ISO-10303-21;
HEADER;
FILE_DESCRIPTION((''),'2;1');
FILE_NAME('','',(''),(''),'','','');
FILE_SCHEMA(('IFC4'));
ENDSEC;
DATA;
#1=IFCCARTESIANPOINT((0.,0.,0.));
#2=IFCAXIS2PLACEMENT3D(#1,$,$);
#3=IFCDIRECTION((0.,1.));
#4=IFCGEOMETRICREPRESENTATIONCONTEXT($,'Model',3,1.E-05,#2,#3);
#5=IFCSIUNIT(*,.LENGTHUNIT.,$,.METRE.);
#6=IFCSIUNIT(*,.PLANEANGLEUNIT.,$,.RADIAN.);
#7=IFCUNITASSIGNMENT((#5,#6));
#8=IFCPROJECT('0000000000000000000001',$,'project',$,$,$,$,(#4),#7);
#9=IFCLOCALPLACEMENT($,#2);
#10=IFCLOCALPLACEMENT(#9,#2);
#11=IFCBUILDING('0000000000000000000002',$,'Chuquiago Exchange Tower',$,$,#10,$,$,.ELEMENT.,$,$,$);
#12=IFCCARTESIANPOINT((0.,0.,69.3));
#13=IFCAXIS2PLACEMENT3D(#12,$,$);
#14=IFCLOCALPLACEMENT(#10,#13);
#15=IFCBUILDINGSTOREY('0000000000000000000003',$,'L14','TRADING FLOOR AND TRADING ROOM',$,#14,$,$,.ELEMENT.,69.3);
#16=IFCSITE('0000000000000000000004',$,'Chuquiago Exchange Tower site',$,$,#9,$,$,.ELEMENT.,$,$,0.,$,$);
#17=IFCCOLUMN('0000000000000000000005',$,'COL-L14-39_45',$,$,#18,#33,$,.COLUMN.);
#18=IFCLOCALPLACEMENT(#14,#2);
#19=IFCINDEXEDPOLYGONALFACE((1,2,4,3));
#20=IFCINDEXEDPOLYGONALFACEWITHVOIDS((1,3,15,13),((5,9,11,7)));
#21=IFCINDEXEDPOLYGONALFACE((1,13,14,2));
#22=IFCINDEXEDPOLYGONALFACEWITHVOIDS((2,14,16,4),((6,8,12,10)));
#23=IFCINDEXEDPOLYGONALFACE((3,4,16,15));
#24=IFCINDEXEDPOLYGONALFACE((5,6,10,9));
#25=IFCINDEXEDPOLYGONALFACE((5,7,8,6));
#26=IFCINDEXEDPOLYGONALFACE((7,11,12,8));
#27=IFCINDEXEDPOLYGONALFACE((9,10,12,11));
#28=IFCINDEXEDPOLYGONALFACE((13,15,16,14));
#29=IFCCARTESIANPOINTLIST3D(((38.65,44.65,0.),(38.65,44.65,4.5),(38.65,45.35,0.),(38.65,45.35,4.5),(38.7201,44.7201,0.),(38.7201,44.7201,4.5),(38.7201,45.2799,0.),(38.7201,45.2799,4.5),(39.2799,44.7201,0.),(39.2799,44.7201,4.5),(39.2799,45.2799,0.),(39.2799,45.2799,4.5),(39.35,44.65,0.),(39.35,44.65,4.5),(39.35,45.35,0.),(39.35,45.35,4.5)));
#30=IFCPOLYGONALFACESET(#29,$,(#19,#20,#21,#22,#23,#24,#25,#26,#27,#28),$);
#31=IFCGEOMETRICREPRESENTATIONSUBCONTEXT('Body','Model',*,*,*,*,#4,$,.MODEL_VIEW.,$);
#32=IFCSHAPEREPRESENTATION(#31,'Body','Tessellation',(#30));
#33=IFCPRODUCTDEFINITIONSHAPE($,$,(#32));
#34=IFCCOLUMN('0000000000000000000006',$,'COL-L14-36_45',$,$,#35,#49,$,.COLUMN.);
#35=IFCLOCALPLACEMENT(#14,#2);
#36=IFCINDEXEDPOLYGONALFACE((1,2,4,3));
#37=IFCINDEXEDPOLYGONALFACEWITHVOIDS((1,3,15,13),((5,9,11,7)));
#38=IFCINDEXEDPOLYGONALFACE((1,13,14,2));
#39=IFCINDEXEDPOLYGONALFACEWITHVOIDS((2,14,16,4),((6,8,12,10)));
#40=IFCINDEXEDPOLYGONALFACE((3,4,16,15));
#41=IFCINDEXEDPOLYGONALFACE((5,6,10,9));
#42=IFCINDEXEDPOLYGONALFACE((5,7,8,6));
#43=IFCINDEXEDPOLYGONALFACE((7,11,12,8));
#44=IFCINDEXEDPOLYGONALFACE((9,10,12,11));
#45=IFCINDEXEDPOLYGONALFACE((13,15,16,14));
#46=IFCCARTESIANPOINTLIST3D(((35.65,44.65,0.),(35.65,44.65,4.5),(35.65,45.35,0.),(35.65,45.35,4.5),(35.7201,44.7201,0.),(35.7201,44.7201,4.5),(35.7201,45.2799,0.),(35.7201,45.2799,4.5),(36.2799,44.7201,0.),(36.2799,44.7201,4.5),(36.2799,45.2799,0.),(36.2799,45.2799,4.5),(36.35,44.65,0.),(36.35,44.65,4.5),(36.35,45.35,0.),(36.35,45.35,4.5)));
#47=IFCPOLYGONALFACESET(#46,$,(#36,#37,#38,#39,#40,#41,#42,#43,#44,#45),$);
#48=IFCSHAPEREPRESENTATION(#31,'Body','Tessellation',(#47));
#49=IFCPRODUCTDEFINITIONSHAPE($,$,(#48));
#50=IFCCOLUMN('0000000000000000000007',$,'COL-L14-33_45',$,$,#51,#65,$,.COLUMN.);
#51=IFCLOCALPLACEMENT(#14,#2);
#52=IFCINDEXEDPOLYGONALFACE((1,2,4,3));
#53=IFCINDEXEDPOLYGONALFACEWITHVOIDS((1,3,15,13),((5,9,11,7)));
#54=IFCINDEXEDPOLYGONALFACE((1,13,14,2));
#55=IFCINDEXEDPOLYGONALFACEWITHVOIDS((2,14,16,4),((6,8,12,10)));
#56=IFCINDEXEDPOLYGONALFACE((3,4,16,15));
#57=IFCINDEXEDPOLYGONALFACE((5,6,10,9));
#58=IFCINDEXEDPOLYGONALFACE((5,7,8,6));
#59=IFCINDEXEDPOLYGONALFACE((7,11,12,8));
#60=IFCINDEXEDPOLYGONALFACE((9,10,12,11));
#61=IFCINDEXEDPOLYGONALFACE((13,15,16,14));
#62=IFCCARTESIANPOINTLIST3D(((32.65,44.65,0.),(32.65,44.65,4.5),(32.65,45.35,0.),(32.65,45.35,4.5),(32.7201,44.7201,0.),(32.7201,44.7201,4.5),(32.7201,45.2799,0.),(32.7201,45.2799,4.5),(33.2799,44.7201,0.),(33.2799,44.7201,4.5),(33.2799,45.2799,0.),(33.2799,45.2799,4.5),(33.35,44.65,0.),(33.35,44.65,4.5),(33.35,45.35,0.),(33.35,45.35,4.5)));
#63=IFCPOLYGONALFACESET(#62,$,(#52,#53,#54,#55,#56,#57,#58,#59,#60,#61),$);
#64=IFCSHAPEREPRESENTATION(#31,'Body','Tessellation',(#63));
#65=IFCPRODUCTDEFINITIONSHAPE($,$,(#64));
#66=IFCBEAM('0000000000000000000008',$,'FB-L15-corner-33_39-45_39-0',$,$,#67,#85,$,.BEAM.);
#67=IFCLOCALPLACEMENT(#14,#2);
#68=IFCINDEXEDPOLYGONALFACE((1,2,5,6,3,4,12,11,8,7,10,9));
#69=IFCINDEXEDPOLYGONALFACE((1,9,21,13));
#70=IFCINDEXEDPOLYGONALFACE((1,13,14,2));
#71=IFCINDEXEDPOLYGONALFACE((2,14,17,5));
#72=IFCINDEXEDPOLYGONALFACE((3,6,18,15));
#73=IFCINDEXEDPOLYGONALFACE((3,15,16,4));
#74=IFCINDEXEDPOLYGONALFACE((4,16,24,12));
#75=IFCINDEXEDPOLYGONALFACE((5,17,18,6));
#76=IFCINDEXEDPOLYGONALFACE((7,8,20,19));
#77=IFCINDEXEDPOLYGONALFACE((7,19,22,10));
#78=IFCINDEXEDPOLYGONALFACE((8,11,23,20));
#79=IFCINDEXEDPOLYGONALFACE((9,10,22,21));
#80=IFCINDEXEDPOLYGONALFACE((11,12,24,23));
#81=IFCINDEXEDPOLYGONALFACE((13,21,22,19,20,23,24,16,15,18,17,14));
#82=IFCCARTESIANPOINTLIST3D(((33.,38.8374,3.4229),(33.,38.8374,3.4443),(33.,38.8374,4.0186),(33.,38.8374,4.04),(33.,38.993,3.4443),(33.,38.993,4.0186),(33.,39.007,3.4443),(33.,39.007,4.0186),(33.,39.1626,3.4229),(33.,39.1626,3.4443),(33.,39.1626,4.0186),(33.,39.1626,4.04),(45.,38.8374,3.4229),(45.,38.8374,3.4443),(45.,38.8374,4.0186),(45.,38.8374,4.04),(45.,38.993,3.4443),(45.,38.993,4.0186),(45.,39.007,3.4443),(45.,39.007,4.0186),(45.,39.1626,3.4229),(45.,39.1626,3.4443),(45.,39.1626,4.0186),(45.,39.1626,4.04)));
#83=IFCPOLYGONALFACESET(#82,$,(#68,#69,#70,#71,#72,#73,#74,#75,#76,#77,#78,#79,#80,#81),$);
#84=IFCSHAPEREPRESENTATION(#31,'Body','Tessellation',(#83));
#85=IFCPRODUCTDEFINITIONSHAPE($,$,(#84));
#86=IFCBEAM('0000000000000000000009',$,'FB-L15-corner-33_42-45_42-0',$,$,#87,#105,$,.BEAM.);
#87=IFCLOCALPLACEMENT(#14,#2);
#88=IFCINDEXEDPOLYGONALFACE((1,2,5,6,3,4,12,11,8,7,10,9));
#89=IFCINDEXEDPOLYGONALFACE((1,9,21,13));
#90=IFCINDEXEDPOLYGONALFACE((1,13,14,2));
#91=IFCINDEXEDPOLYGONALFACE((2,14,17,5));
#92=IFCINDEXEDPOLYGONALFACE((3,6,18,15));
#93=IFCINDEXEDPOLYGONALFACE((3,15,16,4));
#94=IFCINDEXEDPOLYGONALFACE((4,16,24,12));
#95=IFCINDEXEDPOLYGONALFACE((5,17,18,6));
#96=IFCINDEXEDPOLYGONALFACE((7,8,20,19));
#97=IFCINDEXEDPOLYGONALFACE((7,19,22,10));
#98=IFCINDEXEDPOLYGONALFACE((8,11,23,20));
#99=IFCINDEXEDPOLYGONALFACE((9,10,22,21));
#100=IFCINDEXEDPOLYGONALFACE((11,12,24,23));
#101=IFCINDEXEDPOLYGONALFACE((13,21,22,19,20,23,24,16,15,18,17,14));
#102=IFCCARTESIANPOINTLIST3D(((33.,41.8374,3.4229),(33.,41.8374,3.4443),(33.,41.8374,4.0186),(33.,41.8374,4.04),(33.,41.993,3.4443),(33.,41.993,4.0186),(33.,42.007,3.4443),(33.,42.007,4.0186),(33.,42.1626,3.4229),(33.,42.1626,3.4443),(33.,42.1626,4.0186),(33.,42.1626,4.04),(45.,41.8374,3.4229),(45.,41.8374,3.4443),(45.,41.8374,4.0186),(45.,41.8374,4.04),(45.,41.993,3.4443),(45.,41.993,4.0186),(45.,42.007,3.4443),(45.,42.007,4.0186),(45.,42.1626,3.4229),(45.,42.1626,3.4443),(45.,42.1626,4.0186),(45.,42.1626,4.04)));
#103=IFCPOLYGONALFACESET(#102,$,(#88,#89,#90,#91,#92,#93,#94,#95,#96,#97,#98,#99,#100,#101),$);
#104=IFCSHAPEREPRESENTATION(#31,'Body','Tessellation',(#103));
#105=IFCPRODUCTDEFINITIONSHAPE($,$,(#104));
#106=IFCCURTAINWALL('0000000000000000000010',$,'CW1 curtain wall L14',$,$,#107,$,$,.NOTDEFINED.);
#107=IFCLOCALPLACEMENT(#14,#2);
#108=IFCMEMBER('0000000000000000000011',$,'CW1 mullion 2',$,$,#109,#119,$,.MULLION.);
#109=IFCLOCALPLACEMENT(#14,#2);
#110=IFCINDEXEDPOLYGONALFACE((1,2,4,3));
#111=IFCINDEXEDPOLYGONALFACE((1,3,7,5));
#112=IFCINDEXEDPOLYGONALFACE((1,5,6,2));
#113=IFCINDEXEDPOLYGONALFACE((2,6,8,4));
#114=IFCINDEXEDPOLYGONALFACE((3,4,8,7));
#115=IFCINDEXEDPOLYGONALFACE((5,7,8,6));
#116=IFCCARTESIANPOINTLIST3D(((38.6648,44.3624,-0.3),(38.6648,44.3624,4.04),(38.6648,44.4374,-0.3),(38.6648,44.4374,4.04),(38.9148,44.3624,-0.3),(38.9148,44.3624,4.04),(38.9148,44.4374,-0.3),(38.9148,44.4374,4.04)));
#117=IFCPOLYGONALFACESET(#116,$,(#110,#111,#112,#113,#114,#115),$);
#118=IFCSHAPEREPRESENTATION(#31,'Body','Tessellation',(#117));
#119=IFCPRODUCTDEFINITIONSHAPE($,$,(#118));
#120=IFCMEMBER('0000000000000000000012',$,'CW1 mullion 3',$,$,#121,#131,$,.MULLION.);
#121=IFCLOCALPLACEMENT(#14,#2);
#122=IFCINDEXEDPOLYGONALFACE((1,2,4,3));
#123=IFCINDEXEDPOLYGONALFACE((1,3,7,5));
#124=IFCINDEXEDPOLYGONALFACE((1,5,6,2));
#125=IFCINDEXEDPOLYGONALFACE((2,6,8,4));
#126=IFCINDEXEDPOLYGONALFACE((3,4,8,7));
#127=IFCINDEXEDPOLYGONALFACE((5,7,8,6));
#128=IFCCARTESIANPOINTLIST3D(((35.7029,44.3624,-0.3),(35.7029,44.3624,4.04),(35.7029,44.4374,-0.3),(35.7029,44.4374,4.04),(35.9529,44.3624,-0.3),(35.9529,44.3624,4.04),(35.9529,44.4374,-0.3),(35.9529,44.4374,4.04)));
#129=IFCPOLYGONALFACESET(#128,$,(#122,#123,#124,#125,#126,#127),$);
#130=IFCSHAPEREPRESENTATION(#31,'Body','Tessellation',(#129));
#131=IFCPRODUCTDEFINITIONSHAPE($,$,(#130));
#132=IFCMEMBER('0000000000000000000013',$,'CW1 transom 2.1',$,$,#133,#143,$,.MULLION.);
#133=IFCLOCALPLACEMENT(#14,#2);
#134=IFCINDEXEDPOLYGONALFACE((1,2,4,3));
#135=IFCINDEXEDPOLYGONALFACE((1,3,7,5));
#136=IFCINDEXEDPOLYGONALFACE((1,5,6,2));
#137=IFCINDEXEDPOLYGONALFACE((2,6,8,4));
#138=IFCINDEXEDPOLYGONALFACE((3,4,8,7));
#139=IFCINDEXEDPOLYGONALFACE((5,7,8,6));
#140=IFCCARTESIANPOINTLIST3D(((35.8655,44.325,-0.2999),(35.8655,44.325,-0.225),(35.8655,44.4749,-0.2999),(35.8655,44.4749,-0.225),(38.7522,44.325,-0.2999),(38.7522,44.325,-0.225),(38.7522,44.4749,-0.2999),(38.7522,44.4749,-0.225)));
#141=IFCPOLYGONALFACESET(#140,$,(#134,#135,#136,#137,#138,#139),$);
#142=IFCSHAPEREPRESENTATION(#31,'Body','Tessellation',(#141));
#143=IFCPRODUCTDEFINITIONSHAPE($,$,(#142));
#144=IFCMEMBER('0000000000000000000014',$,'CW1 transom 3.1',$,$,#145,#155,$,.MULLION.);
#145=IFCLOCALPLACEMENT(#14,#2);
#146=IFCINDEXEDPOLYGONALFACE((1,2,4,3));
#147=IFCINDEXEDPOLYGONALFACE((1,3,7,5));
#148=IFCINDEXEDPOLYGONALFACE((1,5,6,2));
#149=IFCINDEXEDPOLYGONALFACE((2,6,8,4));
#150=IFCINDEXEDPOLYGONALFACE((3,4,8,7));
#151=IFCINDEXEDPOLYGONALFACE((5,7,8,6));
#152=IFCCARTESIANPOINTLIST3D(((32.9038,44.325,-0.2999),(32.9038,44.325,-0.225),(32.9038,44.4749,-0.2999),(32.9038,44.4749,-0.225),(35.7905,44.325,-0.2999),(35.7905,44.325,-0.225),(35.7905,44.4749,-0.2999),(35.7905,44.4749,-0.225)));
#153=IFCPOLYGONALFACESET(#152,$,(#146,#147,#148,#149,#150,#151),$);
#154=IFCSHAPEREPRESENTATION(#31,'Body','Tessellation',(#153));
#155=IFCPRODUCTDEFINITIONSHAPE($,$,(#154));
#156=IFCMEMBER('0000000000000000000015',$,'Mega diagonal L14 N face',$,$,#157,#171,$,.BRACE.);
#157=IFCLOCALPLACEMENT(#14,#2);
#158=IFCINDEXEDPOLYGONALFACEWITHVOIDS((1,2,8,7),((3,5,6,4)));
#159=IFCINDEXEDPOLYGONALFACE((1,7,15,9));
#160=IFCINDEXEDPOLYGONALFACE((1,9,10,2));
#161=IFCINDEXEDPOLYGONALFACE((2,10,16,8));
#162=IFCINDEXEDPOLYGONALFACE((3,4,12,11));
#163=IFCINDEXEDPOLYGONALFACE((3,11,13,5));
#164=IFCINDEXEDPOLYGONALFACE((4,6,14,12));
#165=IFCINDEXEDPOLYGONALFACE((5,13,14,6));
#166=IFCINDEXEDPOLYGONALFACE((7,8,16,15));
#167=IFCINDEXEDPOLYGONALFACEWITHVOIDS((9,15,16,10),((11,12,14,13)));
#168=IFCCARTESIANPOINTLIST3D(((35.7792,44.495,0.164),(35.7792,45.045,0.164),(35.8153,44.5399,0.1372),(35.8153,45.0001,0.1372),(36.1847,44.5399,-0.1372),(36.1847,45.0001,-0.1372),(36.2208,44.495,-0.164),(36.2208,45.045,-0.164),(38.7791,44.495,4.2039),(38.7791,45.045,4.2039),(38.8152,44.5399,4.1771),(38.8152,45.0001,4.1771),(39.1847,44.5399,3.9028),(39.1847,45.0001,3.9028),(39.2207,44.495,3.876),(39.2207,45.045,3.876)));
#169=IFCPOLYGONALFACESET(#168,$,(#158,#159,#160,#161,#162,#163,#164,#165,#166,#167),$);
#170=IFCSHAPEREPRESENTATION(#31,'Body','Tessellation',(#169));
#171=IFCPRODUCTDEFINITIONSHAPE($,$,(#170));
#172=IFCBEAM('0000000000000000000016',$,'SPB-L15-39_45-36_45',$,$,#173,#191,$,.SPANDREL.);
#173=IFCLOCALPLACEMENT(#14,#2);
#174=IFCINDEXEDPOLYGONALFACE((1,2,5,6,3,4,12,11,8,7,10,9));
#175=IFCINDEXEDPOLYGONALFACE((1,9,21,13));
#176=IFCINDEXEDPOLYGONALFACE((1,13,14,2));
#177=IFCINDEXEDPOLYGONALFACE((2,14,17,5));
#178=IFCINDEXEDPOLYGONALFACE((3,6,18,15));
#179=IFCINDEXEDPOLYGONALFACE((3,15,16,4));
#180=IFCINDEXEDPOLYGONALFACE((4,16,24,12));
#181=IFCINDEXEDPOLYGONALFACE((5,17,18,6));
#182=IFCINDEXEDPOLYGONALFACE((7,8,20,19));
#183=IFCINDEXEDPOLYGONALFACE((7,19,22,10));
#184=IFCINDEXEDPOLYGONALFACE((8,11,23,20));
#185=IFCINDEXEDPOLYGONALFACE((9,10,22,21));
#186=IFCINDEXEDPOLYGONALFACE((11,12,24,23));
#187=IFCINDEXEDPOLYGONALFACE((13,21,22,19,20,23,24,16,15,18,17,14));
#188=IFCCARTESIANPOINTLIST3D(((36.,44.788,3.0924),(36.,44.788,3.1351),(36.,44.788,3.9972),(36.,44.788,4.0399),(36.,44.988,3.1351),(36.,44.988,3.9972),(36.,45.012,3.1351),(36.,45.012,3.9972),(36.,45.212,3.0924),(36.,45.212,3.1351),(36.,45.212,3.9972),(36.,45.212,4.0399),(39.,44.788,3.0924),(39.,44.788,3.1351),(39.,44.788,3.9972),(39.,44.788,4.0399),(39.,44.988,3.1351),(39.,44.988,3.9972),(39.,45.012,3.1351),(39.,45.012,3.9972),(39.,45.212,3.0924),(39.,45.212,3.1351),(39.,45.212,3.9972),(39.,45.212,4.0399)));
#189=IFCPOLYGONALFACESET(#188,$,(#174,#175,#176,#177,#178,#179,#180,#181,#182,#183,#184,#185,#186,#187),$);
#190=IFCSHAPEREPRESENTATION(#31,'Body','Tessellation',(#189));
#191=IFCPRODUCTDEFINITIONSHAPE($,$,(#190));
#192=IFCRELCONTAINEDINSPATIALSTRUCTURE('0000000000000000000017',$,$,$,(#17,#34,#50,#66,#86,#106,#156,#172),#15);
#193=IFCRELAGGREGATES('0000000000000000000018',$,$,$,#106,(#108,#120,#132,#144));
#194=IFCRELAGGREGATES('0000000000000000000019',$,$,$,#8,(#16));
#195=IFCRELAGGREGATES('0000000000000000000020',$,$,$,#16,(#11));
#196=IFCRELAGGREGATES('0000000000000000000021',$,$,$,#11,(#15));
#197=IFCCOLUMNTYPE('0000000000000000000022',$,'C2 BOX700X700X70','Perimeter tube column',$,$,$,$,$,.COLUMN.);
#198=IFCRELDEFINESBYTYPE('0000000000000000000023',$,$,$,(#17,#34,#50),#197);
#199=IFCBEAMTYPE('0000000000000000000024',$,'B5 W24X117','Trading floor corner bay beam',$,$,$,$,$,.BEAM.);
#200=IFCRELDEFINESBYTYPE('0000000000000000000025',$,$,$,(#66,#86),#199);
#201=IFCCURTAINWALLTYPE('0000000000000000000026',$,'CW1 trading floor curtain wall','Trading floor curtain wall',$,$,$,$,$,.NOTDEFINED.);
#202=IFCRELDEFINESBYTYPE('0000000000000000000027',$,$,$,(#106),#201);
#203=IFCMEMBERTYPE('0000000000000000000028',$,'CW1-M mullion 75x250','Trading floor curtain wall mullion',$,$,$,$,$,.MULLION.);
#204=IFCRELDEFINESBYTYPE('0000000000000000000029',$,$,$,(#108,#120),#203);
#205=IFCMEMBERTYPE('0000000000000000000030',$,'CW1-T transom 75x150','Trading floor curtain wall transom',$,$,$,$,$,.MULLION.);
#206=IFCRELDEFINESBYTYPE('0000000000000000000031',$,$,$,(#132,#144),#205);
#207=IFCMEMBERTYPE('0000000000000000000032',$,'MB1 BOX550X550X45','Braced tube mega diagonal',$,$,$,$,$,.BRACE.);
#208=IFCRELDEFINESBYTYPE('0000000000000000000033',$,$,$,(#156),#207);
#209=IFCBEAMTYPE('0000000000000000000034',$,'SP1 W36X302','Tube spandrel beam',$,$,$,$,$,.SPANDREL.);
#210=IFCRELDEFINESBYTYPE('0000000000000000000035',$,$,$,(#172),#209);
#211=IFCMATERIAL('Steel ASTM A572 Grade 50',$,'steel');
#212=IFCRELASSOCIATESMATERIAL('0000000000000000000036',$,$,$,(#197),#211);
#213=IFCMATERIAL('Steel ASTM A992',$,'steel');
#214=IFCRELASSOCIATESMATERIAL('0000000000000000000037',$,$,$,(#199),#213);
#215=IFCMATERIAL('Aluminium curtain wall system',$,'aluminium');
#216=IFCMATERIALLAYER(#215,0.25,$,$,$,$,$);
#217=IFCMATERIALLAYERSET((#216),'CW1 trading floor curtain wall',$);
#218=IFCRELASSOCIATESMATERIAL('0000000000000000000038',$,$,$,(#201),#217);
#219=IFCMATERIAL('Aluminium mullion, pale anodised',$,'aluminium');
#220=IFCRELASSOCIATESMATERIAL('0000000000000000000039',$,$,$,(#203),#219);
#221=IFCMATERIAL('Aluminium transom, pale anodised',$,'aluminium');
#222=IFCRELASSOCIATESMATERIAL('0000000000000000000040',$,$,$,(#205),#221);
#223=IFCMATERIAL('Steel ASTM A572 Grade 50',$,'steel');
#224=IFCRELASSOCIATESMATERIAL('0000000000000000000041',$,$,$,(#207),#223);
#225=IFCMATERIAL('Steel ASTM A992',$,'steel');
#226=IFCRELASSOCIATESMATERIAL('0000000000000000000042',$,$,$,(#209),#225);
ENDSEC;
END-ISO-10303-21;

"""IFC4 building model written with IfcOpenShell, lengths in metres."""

from ifc_helpers import new_model, si_unit, direction, frame, origin, origin_2d, place, context, subcontext, project, spatial, rectangle, hollow_rectangle, i_section, extrude, material, layer, layer_set, material_profile, profile_set, type_object, element, aggregate, save


model = new_model("IFC4")

# Units and contexts
model_context = context("Model", 3, precision=1e-05, world=origin(), true_north=direction((0.0, 1.0)))
body_context = subcontext(model_context, "Body", "Model", "MODEL_VIEW")
ifc_project = project(units=[si_unit("LENGTHUNIT", "METRE"), si_unit("PLANEANGLEUNIT", "RADIAN")], contexts=[model_context])

# Site, building, storey
site_placement = place(None, origin())
site = spatial("IfcSite", under=ifc_project, at=site_placement, Name="Chuquiago Exchange Tower site", CompositionType="ELEMENT", RefElevation=0.0)
building_placement = place(site_placement, origin())
building = spatial("IfcBuilding", under=site, at=building_placement, Name="Chuquiago Exchange Tower", CompositionType="ELEMENT")
storey_placement = place(building_placement, frame((0.0, 0.0, 69.3)))
storey = spatial("IfcBuildingStorey", under=building, at=storey_placement, Name="L14", Description="TRADING FLOOR AND TRADING ROOM", CompositionType="ELEMENT", Elevation=69.3)

# Columns
ifc_material_1 = material(Name="Steel ASTM A572 Grade 50", Category="steel")
ifc_material_profile_1 = material_profile(ifc_material_1, hollow_rectangle(XDim=0.7, YDim=0.7, WallThickness=0.0701, at=origin_2d()), Name="BOX700X700X70")
ifc_profile_set_1 = profile_set([ifc_material_profile_1], Name="Steel ASTM A572 Grade 50")
column_type = type_object("IfcColumnType", Name="C2 BOX700X700X70", Description="Perimeter tube column", PredefinedType="COLUMN", material=ifc_profile_set_1)
for number, where, z_axis, x_axis, name in (
    (1, (39.0, 45.0, 0.0), (0.0, 0.0, 1.0), (0.0, 1.0, 0.0), "COL-L14-39_45"),
    (2, (36.0, 45.0, 0.0), (0.0, 0.0, 1.0), (0.0, 1.0, 0.0), "COL-L14-36_45"),
    (3, (33.0, 45.0, 0.0), (0.0, 0.0, 1.0), (0.0, 1.0, 0.0), "COL-L14-33_45"),
):
    element("IfcColumn", number, at=place(storey_placement, frame(where, z_axis=z_axis, x_axis=x_axis)), inside=storey, type_object=column_type, Name=name, PredefinedType="COLUMN", context=body_context, shape_type="SweptSolid", body=[
        extrude(hollow_rectangle(XDim=0.7, YDim=0.7, WallThickness=0.0701, at=origin_2d()), origin(), (0.0, 0.0, 1.0), 4.5),
    ])

# Beams
ifc_material_2 = material(Name="Steel ASTM A992", Category="steel")
ifc_material_profile_2 = material_profile(ifc_material_2, i_section(OverallWidth=0.3252, OverallDepth=0.6172, WebThickness=0.0139, FlangeThickness=0.0215, at=origin_2d()), Name="W24X117")
ifc_profile_set_2 = profile_set([ifc_material_profile_2], Name="Steel ASTM A992")
beam_type_1 = type_object("IfcBeamType", Name="B5 W24X117", Description="Trading floor corner bay beam", PredefinedType="BEAM", material=ifc_profile_set_2)
for number, where, z_axis, x_axis, name in (
    (4, (33.0, 39.0, 3.7314), (1.0, 0.0, 0.0), (0.0, 1.0, 0.0), "FB-L15-corner-33_39-45_39-0"),
    (5, (33.0, 42.0, 3.7314), (1.0, 0.0, 0.0), (0.0, 1.0, 0.0), "FB-L15-corner-33_42-45_42-0"),
):
    element("IfcBeam", number, at=place(storey_placement, frame(where, z_axis=z_axis, x_axis=x_axis)), inside=storey, type_object=beam_type_1, Name=name, PredefinedType="BEAM", context=body_context, shape_type="SweptSolid", body=[
        extrude(i_section(OverallWidth=0.3252, OverallDepth=0.6172, WebThickness=0.0139, FlangeThickness=0.0215, at=origin_2d()), origin(), (0.0, 0.0, 1.0), 12.0),
    ])

# Curtain wall, members
ifc_material_3 = material(Name="Aluminium curtain wall system", Category="aluminium")
ifc_layer_1 = layer(ifc_material_3, 0.25)
ifc_layer_set_1 = layer_set([ifc_layer_1], Name="CW1 trading floor curtain wall")
curtain_wall_type = type_object("IfcCurtainWallType", Name="CW1 trading floor curtain wall", Description="Trading floor curtain wall", PredefinedType="NOTDEFINED", material=ifc_layer_set_1)
curtain_wall_placement = place(storey_placement, origin())
curtain_wall = element("IfcCurtainWall", 6, at=curtain_wall_placement, inside=storey, type_object=curtain_wall_type, Name="CW1 curtain wall L14", PredefinedType="NOTDEFINED")
ifc_material_4 = material(Name="Aluminium mullion, pale anodised", Category="aluminium")
ifc_material_profile_3 = material_profile(ifc_material_4, rectangle(XDim=0.075, YDim=0.25, at=origin_2d()), Name="AL 75x250")
ifc_profile_set_3 = profile_set([ifc_material_profile_3], Name="Aluminium mullion, pale anodised")
member_type_1 = type_object("IfcMemberType", Name="CW1-M mullion 75x250", Description="Trading floor curtain wall mullion", PredefinedType="MULLION", material=ifc_profile_set_3)
member_1_placement = place(storey_placement, frame((38.7898, 44.3999, -0.3), z_axis=(0.0, 0.0, 1.0), x_axis=(0.0, -1.0, 0.0)))
member_1 = element("IfcMember", 7, at=member_1_placement, type_object=member_type_1, Name="CW1 mullion 2", PredefinedType="MULLION", context=body_context, shape_type="SweptSolid", body=[
    extrude(rectangle(XDim=0.075, YDim=0.25, at=origin_2d()), origin(), (0.0, 0.0, 1.0), 4.3401),
])
member_2_placement = place(storey_placement, frame((35.8279, 44.3999, -0.3), z_axis=(0.0, 0.0, 1.0), x_axis=(0.0, -1.0, 0.0)))
member_2 = element("IfcMember", 8, at=member_2_placement, type_object=member_type_1, Name="CW1 mullion 3", PredefinedType="MULLION", context=body_context, shape_type="SweptSolid", body=[
    extrude(rectangle(XDim=0.075, YDim=0.25, at=origin_2d()), origin(), (0.0, 0.0, 1.0), 4.3401),
])
ifc_material_5 = material(Name="Aluminium transom, pale anodised", Category="aluminium")
ifc_material_profile_4 = material_profile(ifc_material_5, rectangle(XDim=0.1499, YDim=0.075, at=origin_2d()), Name="AL 150x75")
ifc_profile_set_4 = profile_set([ifc_material_profile_4], Name="Aluminium transom, pale anodised")
member_type_2 = type_object("IfcMemberType", Name="CW1-T transom 75x150", Description="Trading floor curtain wall transom", PredefinedType="MULLION", material=ifc_profile_set_4)
member_3_placement = place(storey_placement, frame((38.7522, 44.3999, -0.2625), z_axis=(-1.0, 0.0, 0.0), x_axis=(0.0, -1.0, 0.0)))
member_3 = element("IfcMember", 9, at=member_3_placement, type_object=member_type_2, Name="CW1 transom 2.1", PredefinedType="MULLION", context=body_context, shape_type="SweptSolid", body=[
    extrude(rectangle(XDim=0.1499, YDim=0.075, at=origin_2d()), origin(), (0.0, 0.0, 1.0), 2.8867),
])
member_4_placement = place(storey_placement, frame((35.7905, 44.3999, -0.2625), z_axis=(-1.0, 0.0, 0.0), x_axis=(0.0, -1.0, 0.0)))
member_4 = element("IfcMember", 10, at=member_4_placement, type_object=member_type_2, Name="CW1 transom 3.1", PredefinedType="MULLION", context=body_context, shape_type="SweptSolid", body=[
    extrude(rectangle(XDim=0.1499, YDim=0.075, at=origin_2d()), origin(), (0.0, 0.0, 1.0), 2.8867),
])

# Member
ifc_material_6 = material(Name="Steel ASTM A572 Grade 50", Category="steel")
ifc_material_profile_5 = material_profile(ifc_material_6, hollow_rectangle(XDim=0.55, YDim=0.55, WallThickness=0.0449, at=origin_2d()), Name="BOX550X550X45")
ifc_profile_set_5 = profile_set([ifc_material_profile_5], Name="Steel ASTM A572 Grade 50")
member_type_3 = type_object("IfcMemberType", Name="MB1 BOX550X550X45", Description="Braced tube mega diagonal", PredefinedType="BRACE", material=ifc_profile_set_5)
member_5_placement = place(storey_placement, frame((36.0, 44.77, 0.0), z_axis=(0.596174, 0.0, 0.802855), x_axis=(0.0, 1.0, 0.0)))
element("IfcMember", 11, at=member_5_placement, inside=storey, type_object=member_type_3, Name="Mega diagonal L14 N face", PredefinedType="BRACE", context=body_context, shape_type="SweptSolid", body=[
    extrude(hollow_rectangle(XDim=0.55, YDim=0.55, WallThickness=0.0449, at=origin_2d()), origin(), (0.0, 0.0, 1.0), 5.032),
])

# Beam
ifc_material_7 = material(Name="Steel ASTM A992", Category="steel")
ifc_material_profile_6 = material_profile(ifc_material_7, i_section(OverallWidth=0.4241, OverallDepth=0.9475, WebThickness=0.0239, FlangeThickness=0.0427, at=origin_2d()), Name="W36X302")
ifc_profile_set_6 = profile_set([ifc_material_profile_6], Name="Steel ASTM A992")
beam_type_2 = type_object("IfcBeamType", Name="SP1 W36X302", Description="Tube spandrel beam", PredefinedType="SPANDREL", material=ifc_profile_set_6)
for number, where, z_axis, x_axis, name in (
    (12, (39.0, 45.0, 3.5662), (-1.0, 0.0, 0.0), (0.0, -1.0, 0.0), "SPB-L15-39_45-36_45"),
):
    element("IfcBeam", number, at=place(storey_placement, frame(where, z_axis=z_axis, x_axis=x_axis)), inside=storey, type_object=beam_type_2, Name=name, PredefinedType="SPANDREL", context=body_context, shape_type="SweptSolid", body=[
        extrude(i_section(OverallWidth=0.4241, OverallDepth=0.9475, WebThickness=0.0239, FlangeThickness=0.0427, at=origin_2d()), origin(), (0.0, 0.0, 1.0), 3.0),
    ])

aggregate(curtain_wall, [member_1, member_2, member_3, member_4])

save(model, "model.ifc")
